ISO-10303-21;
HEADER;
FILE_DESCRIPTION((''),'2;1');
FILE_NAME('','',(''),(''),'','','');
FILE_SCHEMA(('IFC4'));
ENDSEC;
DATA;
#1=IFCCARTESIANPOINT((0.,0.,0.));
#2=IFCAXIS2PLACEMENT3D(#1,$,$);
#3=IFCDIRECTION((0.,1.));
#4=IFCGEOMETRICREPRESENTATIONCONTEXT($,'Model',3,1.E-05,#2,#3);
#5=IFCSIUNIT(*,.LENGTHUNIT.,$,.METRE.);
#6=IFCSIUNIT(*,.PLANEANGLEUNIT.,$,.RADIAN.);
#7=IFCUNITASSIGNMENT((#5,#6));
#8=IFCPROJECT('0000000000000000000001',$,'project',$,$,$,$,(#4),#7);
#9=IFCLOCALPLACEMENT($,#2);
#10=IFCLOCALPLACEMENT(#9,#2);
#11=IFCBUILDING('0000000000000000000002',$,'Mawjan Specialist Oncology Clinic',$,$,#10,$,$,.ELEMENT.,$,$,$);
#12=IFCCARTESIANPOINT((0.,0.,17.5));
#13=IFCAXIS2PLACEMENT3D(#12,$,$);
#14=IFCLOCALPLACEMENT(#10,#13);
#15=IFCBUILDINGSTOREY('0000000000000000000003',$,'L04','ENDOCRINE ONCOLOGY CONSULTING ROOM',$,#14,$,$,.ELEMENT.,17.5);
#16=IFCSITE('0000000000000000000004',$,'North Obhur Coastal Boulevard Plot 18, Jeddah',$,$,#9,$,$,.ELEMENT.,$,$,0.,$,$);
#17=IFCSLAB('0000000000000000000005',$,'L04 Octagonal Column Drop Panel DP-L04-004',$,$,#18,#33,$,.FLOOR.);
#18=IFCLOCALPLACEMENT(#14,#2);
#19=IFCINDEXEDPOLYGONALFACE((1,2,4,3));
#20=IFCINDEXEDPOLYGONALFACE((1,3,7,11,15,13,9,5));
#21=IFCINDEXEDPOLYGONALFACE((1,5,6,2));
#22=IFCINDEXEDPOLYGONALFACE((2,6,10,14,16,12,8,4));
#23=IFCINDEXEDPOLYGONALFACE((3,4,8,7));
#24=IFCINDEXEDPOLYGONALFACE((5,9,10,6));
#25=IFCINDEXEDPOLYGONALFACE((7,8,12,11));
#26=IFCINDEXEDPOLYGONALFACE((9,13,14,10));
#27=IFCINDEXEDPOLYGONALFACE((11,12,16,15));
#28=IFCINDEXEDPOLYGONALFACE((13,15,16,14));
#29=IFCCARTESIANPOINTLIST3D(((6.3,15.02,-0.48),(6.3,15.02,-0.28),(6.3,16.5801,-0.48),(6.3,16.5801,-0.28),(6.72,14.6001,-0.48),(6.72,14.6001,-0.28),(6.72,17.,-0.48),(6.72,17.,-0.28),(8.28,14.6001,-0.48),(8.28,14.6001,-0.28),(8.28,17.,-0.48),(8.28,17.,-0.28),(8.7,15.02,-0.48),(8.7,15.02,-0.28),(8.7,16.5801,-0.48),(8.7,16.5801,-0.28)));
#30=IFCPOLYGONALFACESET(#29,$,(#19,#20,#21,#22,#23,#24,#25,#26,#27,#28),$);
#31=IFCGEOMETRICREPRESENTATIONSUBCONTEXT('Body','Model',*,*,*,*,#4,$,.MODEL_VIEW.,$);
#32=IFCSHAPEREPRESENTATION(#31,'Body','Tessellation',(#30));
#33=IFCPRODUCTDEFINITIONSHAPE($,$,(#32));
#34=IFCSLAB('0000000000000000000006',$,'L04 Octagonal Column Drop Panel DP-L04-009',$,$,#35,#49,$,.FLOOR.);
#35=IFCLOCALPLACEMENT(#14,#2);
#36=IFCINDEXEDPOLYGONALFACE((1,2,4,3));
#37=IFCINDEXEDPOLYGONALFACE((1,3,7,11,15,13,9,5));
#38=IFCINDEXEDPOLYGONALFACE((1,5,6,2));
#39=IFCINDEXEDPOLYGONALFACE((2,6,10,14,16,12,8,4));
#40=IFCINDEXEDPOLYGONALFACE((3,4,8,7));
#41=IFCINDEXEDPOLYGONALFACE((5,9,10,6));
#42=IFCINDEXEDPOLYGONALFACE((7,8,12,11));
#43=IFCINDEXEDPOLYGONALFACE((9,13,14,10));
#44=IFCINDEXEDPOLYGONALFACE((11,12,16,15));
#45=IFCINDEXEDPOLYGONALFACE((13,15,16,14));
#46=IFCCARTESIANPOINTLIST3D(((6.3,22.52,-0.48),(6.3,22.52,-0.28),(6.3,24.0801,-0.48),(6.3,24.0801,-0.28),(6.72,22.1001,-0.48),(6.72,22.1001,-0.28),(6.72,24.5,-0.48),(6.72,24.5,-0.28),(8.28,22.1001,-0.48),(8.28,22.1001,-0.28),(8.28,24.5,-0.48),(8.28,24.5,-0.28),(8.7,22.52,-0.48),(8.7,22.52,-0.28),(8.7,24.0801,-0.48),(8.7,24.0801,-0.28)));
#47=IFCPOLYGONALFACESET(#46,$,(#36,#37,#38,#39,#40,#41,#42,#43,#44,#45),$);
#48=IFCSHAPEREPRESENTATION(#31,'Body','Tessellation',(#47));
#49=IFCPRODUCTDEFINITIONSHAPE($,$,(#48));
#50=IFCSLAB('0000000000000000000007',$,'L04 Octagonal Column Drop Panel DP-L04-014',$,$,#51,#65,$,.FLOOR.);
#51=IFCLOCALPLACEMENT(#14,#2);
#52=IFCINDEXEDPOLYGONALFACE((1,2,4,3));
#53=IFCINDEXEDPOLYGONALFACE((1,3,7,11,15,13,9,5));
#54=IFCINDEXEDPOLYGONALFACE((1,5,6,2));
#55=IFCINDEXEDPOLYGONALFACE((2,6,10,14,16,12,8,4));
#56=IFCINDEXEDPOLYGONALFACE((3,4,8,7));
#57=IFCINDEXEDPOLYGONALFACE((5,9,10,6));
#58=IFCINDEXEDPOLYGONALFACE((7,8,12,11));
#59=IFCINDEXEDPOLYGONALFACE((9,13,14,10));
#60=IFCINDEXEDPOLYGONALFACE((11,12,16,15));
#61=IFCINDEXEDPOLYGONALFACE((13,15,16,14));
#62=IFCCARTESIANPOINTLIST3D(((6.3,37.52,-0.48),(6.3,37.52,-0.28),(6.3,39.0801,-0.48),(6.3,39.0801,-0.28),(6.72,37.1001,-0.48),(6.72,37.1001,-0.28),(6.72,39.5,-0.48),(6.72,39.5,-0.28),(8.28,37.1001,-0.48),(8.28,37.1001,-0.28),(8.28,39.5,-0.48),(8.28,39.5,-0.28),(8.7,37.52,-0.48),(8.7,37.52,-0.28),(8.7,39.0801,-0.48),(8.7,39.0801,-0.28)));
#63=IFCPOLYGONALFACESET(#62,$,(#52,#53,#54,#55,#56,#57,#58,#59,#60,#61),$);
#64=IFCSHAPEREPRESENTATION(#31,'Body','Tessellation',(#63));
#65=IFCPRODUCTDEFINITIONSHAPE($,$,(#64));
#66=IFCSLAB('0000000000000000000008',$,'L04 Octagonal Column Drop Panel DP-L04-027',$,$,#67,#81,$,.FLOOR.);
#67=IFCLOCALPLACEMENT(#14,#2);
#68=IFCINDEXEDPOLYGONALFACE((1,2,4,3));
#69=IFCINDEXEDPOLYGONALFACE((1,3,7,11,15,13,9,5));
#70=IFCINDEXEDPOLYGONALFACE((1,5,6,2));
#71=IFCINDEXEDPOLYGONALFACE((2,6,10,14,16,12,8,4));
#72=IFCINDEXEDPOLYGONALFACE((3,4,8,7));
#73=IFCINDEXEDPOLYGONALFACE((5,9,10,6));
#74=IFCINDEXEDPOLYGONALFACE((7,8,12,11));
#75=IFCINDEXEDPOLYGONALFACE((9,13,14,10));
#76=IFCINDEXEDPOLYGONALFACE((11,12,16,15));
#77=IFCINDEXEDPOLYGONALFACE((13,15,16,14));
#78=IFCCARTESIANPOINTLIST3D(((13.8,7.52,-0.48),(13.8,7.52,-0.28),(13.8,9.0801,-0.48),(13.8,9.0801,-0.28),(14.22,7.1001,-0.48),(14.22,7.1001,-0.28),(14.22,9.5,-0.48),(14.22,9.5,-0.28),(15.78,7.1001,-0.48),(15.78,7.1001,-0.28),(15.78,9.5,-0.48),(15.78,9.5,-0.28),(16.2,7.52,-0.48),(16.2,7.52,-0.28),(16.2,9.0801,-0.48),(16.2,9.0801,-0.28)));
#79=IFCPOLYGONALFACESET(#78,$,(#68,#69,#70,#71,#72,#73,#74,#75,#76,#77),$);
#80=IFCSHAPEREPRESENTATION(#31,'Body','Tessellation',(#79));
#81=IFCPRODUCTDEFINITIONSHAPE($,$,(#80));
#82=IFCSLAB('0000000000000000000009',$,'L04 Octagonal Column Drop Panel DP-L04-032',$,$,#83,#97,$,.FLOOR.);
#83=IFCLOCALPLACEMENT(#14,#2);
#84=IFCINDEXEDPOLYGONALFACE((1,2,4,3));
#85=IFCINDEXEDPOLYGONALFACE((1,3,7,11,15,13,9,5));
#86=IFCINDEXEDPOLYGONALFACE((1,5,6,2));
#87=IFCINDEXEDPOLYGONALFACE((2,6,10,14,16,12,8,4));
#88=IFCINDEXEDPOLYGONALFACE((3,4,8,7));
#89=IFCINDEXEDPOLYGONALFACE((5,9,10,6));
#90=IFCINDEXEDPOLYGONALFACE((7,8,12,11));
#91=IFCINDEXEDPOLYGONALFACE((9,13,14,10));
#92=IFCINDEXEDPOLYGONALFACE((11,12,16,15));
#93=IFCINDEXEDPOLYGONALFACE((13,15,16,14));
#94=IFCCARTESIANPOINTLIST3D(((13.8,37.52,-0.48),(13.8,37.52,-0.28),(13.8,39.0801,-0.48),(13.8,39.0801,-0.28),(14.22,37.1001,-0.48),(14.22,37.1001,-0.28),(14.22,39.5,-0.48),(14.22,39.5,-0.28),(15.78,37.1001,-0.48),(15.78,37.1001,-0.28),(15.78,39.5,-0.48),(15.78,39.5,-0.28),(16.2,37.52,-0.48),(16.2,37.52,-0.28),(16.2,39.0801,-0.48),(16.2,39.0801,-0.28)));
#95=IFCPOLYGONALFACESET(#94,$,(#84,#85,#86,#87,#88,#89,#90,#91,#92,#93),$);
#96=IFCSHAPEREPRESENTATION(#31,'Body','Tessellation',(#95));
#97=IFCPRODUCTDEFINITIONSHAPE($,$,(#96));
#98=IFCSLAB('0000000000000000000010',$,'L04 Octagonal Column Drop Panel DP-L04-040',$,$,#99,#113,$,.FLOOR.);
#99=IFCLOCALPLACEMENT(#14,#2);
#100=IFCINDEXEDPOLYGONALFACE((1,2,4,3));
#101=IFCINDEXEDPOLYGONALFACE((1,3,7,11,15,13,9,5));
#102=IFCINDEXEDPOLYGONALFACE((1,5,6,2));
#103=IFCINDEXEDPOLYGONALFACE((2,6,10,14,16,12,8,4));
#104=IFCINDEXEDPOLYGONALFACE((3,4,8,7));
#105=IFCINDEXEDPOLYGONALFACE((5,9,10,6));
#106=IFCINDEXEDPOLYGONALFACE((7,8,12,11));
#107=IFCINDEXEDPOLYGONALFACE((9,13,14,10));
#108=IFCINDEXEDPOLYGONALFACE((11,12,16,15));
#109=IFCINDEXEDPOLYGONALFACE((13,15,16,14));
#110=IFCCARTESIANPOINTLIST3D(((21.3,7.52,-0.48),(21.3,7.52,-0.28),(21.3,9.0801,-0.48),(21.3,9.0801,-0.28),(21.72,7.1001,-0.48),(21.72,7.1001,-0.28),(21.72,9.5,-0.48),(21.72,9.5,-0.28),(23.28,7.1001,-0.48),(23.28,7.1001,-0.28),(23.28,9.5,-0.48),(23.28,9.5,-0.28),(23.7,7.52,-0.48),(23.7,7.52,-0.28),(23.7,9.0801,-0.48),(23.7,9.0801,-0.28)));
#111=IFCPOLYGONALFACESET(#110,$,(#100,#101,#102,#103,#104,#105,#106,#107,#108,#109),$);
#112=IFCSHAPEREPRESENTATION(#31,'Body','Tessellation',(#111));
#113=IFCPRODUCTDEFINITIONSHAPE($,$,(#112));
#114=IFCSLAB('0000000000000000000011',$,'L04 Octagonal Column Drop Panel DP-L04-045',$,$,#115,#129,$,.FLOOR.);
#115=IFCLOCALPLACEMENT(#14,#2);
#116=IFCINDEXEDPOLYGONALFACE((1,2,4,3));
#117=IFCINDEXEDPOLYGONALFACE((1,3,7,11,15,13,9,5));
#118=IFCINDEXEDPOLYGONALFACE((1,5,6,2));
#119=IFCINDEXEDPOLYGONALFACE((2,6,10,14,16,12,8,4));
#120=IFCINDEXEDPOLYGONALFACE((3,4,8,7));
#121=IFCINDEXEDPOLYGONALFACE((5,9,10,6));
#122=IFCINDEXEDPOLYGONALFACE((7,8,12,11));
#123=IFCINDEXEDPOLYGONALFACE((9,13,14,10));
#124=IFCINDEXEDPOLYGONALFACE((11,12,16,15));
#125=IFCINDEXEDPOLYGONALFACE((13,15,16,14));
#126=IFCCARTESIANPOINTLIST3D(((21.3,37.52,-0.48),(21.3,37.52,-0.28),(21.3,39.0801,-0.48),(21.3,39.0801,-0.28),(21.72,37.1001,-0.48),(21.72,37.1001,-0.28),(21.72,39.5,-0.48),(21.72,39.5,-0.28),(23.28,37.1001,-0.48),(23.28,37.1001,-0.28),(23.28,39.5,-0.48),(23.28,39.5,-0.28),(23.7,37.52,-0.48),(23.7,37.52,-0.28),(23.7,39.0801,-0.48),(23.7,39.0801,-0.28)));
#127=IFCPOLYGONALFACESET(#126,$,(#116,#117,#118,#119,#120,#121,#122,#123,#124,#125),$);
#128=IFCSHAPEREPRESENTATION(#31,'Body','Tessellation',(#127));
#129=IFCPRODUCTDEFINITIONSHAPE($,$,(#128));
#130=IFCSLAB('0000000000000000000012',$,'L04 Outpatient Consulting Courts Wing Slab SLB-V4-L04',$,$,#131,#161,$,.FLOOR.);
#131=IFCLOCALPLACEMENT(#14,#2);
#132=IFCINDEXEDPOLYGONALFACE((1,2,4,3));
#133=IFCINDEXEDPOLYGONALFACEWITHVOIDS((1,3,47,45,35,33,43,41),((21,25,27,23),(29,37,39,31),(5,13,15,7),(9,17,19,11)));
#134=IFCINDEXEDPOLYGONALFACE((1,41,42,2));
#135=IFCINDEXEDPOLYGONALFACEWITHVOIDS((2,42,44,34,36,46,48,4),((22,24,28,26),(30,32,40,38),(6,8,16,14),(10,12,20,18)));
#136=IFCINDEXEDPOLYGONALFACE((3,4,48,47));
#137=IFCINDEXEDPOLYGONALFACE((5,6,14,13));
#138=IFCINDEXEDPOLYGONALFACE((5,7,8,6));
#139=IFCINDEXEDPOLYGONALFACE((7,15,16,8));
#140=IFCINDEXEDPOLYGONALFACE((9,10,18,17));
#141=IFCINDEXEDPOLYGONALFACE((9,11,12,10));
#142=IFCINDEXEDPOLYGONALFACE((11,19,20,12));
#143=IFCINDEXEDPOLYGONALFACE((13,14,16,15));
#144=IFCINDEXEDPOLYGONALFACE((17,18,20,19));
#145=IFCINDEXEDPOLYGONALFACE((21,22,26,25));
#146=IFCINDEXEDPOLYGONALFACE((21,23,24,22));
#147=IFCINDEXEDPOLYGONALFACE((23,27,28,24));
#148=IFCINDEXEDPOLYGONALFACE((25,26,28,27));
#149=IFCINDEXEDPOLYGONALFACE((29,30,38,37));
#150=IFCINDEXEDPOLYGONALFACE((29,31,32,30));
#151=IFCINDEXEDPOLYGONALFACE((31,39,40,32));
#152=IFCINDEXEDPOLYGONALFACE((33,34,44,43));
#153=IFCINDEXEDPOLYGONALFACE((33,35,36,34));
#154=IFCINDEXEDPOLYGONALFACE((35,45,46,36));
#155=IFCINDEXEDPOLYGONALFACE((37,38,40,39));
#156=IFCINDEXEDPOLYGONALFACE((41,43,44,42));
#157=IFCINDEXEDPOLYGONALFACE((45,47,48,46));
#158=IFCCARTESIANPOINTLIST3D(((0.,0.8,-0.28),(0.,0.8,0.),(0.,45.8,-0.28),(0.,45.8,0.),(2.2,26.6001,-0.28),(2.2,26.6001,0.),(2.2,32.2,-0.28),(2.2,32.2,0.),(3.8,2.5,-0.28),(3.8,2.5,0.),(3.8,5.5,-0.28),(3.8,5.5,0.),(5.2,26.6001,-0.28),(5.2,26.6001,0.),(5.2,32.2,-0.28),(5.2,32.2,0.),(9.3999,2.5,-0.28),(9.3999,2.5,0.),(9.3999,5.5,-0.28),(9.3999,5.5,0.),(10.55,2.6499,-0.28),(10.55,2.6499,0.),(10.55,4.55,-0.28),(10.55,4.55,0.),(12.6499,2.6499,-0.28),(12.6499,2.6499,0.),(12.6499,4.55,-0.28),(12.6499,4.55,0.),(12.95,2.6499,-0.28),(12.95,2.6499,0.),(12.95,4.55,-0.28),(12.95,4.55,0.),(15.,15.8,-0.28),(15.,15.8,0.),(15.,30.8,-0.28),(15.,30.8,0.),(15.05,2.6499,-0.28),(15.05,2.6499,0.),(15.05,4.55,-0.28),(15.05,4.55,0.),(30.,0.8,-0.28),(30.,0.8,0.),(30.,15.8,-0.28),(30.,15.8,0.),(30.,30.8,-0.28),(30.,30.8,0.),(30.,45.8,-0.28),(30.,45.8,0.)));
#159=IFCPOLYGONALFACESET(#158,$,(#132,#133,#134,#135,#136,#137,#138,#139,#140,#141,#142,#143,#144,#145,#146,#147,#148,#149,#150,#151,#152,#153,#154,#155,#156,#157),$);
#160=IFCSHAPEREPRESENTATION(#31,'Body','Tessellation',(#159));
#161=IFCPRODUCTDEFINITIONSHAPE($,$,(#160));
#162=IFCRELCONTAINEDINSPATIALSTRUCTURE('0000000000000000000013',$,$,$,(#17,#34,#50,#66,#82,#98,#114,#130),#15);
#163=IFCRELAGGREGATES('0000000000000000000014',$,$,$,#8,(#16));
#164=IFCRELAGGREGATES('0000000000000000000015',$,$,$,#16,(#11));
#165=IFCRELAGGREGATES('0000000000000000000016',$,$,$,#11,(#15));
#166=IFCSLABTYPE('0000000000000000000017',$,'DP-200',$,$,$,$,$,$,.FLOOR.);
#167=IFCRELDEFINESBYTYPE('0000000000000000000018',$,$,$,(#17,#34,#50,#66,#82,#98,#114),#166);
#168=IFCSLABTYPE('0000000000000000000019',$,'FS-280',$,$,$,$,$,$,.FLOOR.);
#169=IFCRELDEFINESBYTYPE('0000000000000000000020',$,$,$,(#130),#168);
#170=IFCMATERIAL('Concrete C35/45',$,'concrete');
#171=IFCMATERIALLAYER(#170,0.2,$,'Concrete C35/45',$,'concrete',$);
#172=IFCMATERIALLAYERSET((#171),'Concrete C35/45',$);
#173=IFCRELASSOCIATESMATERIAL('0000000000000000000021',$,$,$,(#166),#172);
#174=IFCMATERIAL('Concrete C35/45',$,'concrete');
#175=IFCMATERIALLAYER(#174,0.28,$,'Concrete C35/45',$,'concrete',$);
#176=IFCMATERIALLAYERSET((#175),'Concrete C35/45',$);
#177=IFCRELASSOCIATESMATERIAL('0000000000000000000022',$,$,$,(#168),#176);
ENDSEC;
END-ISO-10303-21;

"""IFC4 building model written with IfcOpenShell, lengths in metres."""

from ifc_helpers import new_model, si_unit, direction, frame, origin, place, context, subcontext, project, spatial, polyline, outline, extrude, material, layer, layer_set, type_object, element, save


model = new_model("IFC4")

# Units and contexts
model_context = context("Model", 3, precision=1e-05, world=origin(), true_north=direction((0.0, 1.0)))
body_context = subcontext(model_context, "Body", "Model", "MODEL_VIEW")
ifc_project = project(units=[si_unit("LENGTHUNIT", "METRE"), si_unit("PLANEANGLEUNIT", "RADIAN")], contexts=[model_context])

# Site, building, storey
site_placement = place(None, origin())
site = spatial("IfcSite", under=ifc_project, at=site_placement, Name="North Obhur Coastal Boulevard Plot 18, Jeddah", CompositionType="ELEMENT", RefElevation=0.0)
building_placement = place(site_placement, origin())
building = spatial("IfcBuilding", under=site, at=building_placement, Name="Mawjan Specialist Oncology Clinic", CompositionType="ELEMENT")
storey_placement = place(building_placement, frame((0.0, 0.0, 17.5)))
storey = spatial("IfcBuildingStorey", under=building, at=storey_placement, Name="L04", Description="ENDOCRINE ONCOLOGY CONSULTING ROOM", CompositionType="ELEMENT", Elevation=17.5)

# Slabs
ifc_material_1 = material(Name="Concrete C35/45", Category="concrete")
ifc_layer_1 = layer(ifc_material_1, 0.2, Name="Concrete C35/45", Category="concrete")
ifc_layer_set_1 = layer_set([ifc_layer_1], Name="Concrete C35/45")
slab_type_1 = type_object("IfcSlabType", Name="DP-200", PredefinedType="FLOOR", material=ifc_layer_set_1)
slab_1_placement = place(storey_placement, frame((0.0, 0.0, -0.48)))
element("IfcSlab", 1, at=slab_1_placement, inside=storey, type_object=slab_type_1, Name="L04 Octagonal Column Drop Panel DP-L04-004", PredefinedType="FLOOR", context=body_context, shape_type="SweptSolid", body=[
    extrude(outline(polyline([(6.72, 14.6001), (8.28, 14.6001), (8.7, 15.02), (8.7, 16.5801), (8.28, 17.0), (6.72, 17.0), (6.3, 16.5801), (6.3, 15.02), (6.72, 14.6001)])), origin(), (0.0, 0.0, 1.0), 0.2),
])
slab_2_placement = place(storey_placement, frame((0.0, 0.0, -0.48)))
element("IfcSlab", 2, at=slab_2_placement, inside=storey, type_object=slab_type_1, Name="L04 Octagonal Column Drop Panel DP-L04-009", PredefinedType="FLOOR", context=body_context, shape_type="SweptSolid", body=[
    extrude(outline(polyline([(6.72, 22.1001), (8.28, 22.1001), (8.7, 22.52), (8.7, 24.0801), (8.28, 24.5), (6.72, 24.5), (6.3, 24.0801), (6.3, 22.52), (6.72, 22.1001)])), origin(), (0.0, 0.0, 1.0), 0.2),
])
slab_3_placement = place(storey_placement, frame((0.0, 0.0, -0.48)))
element("IfcSlab", 3, at=slab_3_placement, inside=storey, type_object=slab_type_1, Name="L04 Octagonal Column Drop Panel DP-L04-014", PredefinedType="FLOOR", context=body_context, shape_type="SweptSolid", body=[
    extrude(outline(polyline([(6.72, 37.1001), (8.28, 37.1001), (8.7, 37.52), (8.7, 39.0801), (8.28, 39.5), (6.72, 39.5), (6.3, 39.0801), (6.3, 37.52), (6.72, 37.1001)])), origin(), (0.0, 0.0, 1.0), 0.2),
])
slab_4_placement = place(storey_placement, frame((0.0, 0.0, -0.48)))
element("IfcSlab", 4, at=slab_4_placement, inside=storey, type_object=slab_type_1, Name="L04 Octagonal Column Drop Panel DP-L04-027", PredefinedType="FLOOR", context=body_context, shape_type="SweptSolid", body=[
    extrude(outline(polyline([(14.22, 7.1001), (15.78, 7.1001), (16.2, 7.52), (16.2, 9.0801), (15.78, 9.5), (14.22, 9.5), (13.8, 9.0801), (13.8, 7.52), (14.22, 7.1001)])), origin(), (0.0, 0.0, 1.0), 0.2),
])
slab_5_placement = place(storey_placement, frame((0.0, 0.0, -0.48)))
element("IfcSlab", 5, at=slab_5_placement, inside=storey, type_object=slab_type_1, Name="L04 Octagonal Column Drop Panel DP-L04-032", PredefinedType="FLOOR", context=body_context, shape_type="SweptSolid", body=[
    extrude(outline(polyline([(14.22, 37.1001), (15.78, 37.1001), (16.2, 37.52), (16.2, 39.0801), (15.78, 39.5), (14.22, 39.5), (13.8, 39.0801), (13.8, 37.52), (14.22, 37.1001)])), origin(), (0.0, 0.0, 1.0), 0.2),
])
slab_6_placement = place(storey_placement, frame((0.0, 0.0, -0.48)))
element("IfcSlab", 6, at=slab_6_placement, inside=storey, type_object=slab_type_1, Name="L04 Octagonal Column Drop Panel DP-L04-040", PredefinedType="FLOOR", context=body_context, shape_type="SweptSolid", body=[
    extrude(outline(polyline([(21.72, 7.1001), (23.28, 7.1001), (23.7, 7.52), (23.7, 9.0801), (23.28, 9.5), (21.72, 9.5), (21.3, 9.0801), (21.3, 7.52), (21.72, 7.1001)])), origin(), (0.0, 0.0, 1.0), 0.2),
])
slab_7_placement = place(storey_placement, frame((0.0, 0.0, -0.48)))
element("IfcSlab", 7, at=slab_7_placement, inside=storey, type_object=slab_type_1, Name="L04 Octagonal Column Drop Panel DP-L04-045", PredefinedType="FLOOR", context=body_context, shape_type="SweptSolid", body=[
    extrude(outline(polyline([(21.72, 37.1001), (23.28, 37.1001), (23.7, 37.52), (23.7, 39.0801), (23.28, 39.5), (21.72, 39.5), (21.3, 39.0801), (21.3, 37.52), (21.72, 37.1001)])), origin(), (0.0, 0.0, 1.0), 0.2),
])
ifc_material_2 = material(Name="Concrete C35/45", Category="concrete")
ifc_layer_2 = layer(ifc_material_2, 0.28, Name="Concrete C35/45", Category="concrete")
ifc_layer_set_2 = layer_set([ifc_layer_2], Name="Concrete C35/45")
slab_type_2 = type_object("IfcSlabType", Name="FS-280", PredefinedType="FLOOR", material=ifc_layer_set_2)
slab_8_placement = place(storey_placement, frame((0.0, 0.0, -0.28)))
element("IfcSlab", 8, at=slab_8_placement, inside=storey, type_object=slab_type_2, Name="L04 Outpatient Consulting Courts Wing Slab SLB-V4-L04", PredefinedType="FLOOR", context=body_context, shape_type="SweptSolid", body=[
    extrude(outline(polyline([(0.0, 0.8), (30.0, 0.8), (30.0, 15.8), (15.0, 15.8), (15.0, 30.8), (30.0, 30.8), (30.0, 45.8), (0.0, 45.8), (0.0, 0.8)]), holes=[polyline([(3.8, 2.5), (9.3999, 2.5), (9.3999, 5.5), (3.8, 5.5), (3.8, 2.5)]), polyline([(10.55, 2.6499), (12.6499, 2.6499), (12.6499, 4.55), (10.55, 4.55), (10.55, 2.6499)]), polyline([(12.95, 2.6499), (15.05, 2.6499), (15.05, 4.55), (12.95, 4.55), (12.95, 2.6499)]), polyline([(5.2, 26.6001), (5.2, 32.2), (2.2, 32.2), (2.2, 26.6001), (5.2, 26.6001)])]), origin(), (0.0, 0.0, 1.0), 0.28),
])

save(model, "model.ifc")
